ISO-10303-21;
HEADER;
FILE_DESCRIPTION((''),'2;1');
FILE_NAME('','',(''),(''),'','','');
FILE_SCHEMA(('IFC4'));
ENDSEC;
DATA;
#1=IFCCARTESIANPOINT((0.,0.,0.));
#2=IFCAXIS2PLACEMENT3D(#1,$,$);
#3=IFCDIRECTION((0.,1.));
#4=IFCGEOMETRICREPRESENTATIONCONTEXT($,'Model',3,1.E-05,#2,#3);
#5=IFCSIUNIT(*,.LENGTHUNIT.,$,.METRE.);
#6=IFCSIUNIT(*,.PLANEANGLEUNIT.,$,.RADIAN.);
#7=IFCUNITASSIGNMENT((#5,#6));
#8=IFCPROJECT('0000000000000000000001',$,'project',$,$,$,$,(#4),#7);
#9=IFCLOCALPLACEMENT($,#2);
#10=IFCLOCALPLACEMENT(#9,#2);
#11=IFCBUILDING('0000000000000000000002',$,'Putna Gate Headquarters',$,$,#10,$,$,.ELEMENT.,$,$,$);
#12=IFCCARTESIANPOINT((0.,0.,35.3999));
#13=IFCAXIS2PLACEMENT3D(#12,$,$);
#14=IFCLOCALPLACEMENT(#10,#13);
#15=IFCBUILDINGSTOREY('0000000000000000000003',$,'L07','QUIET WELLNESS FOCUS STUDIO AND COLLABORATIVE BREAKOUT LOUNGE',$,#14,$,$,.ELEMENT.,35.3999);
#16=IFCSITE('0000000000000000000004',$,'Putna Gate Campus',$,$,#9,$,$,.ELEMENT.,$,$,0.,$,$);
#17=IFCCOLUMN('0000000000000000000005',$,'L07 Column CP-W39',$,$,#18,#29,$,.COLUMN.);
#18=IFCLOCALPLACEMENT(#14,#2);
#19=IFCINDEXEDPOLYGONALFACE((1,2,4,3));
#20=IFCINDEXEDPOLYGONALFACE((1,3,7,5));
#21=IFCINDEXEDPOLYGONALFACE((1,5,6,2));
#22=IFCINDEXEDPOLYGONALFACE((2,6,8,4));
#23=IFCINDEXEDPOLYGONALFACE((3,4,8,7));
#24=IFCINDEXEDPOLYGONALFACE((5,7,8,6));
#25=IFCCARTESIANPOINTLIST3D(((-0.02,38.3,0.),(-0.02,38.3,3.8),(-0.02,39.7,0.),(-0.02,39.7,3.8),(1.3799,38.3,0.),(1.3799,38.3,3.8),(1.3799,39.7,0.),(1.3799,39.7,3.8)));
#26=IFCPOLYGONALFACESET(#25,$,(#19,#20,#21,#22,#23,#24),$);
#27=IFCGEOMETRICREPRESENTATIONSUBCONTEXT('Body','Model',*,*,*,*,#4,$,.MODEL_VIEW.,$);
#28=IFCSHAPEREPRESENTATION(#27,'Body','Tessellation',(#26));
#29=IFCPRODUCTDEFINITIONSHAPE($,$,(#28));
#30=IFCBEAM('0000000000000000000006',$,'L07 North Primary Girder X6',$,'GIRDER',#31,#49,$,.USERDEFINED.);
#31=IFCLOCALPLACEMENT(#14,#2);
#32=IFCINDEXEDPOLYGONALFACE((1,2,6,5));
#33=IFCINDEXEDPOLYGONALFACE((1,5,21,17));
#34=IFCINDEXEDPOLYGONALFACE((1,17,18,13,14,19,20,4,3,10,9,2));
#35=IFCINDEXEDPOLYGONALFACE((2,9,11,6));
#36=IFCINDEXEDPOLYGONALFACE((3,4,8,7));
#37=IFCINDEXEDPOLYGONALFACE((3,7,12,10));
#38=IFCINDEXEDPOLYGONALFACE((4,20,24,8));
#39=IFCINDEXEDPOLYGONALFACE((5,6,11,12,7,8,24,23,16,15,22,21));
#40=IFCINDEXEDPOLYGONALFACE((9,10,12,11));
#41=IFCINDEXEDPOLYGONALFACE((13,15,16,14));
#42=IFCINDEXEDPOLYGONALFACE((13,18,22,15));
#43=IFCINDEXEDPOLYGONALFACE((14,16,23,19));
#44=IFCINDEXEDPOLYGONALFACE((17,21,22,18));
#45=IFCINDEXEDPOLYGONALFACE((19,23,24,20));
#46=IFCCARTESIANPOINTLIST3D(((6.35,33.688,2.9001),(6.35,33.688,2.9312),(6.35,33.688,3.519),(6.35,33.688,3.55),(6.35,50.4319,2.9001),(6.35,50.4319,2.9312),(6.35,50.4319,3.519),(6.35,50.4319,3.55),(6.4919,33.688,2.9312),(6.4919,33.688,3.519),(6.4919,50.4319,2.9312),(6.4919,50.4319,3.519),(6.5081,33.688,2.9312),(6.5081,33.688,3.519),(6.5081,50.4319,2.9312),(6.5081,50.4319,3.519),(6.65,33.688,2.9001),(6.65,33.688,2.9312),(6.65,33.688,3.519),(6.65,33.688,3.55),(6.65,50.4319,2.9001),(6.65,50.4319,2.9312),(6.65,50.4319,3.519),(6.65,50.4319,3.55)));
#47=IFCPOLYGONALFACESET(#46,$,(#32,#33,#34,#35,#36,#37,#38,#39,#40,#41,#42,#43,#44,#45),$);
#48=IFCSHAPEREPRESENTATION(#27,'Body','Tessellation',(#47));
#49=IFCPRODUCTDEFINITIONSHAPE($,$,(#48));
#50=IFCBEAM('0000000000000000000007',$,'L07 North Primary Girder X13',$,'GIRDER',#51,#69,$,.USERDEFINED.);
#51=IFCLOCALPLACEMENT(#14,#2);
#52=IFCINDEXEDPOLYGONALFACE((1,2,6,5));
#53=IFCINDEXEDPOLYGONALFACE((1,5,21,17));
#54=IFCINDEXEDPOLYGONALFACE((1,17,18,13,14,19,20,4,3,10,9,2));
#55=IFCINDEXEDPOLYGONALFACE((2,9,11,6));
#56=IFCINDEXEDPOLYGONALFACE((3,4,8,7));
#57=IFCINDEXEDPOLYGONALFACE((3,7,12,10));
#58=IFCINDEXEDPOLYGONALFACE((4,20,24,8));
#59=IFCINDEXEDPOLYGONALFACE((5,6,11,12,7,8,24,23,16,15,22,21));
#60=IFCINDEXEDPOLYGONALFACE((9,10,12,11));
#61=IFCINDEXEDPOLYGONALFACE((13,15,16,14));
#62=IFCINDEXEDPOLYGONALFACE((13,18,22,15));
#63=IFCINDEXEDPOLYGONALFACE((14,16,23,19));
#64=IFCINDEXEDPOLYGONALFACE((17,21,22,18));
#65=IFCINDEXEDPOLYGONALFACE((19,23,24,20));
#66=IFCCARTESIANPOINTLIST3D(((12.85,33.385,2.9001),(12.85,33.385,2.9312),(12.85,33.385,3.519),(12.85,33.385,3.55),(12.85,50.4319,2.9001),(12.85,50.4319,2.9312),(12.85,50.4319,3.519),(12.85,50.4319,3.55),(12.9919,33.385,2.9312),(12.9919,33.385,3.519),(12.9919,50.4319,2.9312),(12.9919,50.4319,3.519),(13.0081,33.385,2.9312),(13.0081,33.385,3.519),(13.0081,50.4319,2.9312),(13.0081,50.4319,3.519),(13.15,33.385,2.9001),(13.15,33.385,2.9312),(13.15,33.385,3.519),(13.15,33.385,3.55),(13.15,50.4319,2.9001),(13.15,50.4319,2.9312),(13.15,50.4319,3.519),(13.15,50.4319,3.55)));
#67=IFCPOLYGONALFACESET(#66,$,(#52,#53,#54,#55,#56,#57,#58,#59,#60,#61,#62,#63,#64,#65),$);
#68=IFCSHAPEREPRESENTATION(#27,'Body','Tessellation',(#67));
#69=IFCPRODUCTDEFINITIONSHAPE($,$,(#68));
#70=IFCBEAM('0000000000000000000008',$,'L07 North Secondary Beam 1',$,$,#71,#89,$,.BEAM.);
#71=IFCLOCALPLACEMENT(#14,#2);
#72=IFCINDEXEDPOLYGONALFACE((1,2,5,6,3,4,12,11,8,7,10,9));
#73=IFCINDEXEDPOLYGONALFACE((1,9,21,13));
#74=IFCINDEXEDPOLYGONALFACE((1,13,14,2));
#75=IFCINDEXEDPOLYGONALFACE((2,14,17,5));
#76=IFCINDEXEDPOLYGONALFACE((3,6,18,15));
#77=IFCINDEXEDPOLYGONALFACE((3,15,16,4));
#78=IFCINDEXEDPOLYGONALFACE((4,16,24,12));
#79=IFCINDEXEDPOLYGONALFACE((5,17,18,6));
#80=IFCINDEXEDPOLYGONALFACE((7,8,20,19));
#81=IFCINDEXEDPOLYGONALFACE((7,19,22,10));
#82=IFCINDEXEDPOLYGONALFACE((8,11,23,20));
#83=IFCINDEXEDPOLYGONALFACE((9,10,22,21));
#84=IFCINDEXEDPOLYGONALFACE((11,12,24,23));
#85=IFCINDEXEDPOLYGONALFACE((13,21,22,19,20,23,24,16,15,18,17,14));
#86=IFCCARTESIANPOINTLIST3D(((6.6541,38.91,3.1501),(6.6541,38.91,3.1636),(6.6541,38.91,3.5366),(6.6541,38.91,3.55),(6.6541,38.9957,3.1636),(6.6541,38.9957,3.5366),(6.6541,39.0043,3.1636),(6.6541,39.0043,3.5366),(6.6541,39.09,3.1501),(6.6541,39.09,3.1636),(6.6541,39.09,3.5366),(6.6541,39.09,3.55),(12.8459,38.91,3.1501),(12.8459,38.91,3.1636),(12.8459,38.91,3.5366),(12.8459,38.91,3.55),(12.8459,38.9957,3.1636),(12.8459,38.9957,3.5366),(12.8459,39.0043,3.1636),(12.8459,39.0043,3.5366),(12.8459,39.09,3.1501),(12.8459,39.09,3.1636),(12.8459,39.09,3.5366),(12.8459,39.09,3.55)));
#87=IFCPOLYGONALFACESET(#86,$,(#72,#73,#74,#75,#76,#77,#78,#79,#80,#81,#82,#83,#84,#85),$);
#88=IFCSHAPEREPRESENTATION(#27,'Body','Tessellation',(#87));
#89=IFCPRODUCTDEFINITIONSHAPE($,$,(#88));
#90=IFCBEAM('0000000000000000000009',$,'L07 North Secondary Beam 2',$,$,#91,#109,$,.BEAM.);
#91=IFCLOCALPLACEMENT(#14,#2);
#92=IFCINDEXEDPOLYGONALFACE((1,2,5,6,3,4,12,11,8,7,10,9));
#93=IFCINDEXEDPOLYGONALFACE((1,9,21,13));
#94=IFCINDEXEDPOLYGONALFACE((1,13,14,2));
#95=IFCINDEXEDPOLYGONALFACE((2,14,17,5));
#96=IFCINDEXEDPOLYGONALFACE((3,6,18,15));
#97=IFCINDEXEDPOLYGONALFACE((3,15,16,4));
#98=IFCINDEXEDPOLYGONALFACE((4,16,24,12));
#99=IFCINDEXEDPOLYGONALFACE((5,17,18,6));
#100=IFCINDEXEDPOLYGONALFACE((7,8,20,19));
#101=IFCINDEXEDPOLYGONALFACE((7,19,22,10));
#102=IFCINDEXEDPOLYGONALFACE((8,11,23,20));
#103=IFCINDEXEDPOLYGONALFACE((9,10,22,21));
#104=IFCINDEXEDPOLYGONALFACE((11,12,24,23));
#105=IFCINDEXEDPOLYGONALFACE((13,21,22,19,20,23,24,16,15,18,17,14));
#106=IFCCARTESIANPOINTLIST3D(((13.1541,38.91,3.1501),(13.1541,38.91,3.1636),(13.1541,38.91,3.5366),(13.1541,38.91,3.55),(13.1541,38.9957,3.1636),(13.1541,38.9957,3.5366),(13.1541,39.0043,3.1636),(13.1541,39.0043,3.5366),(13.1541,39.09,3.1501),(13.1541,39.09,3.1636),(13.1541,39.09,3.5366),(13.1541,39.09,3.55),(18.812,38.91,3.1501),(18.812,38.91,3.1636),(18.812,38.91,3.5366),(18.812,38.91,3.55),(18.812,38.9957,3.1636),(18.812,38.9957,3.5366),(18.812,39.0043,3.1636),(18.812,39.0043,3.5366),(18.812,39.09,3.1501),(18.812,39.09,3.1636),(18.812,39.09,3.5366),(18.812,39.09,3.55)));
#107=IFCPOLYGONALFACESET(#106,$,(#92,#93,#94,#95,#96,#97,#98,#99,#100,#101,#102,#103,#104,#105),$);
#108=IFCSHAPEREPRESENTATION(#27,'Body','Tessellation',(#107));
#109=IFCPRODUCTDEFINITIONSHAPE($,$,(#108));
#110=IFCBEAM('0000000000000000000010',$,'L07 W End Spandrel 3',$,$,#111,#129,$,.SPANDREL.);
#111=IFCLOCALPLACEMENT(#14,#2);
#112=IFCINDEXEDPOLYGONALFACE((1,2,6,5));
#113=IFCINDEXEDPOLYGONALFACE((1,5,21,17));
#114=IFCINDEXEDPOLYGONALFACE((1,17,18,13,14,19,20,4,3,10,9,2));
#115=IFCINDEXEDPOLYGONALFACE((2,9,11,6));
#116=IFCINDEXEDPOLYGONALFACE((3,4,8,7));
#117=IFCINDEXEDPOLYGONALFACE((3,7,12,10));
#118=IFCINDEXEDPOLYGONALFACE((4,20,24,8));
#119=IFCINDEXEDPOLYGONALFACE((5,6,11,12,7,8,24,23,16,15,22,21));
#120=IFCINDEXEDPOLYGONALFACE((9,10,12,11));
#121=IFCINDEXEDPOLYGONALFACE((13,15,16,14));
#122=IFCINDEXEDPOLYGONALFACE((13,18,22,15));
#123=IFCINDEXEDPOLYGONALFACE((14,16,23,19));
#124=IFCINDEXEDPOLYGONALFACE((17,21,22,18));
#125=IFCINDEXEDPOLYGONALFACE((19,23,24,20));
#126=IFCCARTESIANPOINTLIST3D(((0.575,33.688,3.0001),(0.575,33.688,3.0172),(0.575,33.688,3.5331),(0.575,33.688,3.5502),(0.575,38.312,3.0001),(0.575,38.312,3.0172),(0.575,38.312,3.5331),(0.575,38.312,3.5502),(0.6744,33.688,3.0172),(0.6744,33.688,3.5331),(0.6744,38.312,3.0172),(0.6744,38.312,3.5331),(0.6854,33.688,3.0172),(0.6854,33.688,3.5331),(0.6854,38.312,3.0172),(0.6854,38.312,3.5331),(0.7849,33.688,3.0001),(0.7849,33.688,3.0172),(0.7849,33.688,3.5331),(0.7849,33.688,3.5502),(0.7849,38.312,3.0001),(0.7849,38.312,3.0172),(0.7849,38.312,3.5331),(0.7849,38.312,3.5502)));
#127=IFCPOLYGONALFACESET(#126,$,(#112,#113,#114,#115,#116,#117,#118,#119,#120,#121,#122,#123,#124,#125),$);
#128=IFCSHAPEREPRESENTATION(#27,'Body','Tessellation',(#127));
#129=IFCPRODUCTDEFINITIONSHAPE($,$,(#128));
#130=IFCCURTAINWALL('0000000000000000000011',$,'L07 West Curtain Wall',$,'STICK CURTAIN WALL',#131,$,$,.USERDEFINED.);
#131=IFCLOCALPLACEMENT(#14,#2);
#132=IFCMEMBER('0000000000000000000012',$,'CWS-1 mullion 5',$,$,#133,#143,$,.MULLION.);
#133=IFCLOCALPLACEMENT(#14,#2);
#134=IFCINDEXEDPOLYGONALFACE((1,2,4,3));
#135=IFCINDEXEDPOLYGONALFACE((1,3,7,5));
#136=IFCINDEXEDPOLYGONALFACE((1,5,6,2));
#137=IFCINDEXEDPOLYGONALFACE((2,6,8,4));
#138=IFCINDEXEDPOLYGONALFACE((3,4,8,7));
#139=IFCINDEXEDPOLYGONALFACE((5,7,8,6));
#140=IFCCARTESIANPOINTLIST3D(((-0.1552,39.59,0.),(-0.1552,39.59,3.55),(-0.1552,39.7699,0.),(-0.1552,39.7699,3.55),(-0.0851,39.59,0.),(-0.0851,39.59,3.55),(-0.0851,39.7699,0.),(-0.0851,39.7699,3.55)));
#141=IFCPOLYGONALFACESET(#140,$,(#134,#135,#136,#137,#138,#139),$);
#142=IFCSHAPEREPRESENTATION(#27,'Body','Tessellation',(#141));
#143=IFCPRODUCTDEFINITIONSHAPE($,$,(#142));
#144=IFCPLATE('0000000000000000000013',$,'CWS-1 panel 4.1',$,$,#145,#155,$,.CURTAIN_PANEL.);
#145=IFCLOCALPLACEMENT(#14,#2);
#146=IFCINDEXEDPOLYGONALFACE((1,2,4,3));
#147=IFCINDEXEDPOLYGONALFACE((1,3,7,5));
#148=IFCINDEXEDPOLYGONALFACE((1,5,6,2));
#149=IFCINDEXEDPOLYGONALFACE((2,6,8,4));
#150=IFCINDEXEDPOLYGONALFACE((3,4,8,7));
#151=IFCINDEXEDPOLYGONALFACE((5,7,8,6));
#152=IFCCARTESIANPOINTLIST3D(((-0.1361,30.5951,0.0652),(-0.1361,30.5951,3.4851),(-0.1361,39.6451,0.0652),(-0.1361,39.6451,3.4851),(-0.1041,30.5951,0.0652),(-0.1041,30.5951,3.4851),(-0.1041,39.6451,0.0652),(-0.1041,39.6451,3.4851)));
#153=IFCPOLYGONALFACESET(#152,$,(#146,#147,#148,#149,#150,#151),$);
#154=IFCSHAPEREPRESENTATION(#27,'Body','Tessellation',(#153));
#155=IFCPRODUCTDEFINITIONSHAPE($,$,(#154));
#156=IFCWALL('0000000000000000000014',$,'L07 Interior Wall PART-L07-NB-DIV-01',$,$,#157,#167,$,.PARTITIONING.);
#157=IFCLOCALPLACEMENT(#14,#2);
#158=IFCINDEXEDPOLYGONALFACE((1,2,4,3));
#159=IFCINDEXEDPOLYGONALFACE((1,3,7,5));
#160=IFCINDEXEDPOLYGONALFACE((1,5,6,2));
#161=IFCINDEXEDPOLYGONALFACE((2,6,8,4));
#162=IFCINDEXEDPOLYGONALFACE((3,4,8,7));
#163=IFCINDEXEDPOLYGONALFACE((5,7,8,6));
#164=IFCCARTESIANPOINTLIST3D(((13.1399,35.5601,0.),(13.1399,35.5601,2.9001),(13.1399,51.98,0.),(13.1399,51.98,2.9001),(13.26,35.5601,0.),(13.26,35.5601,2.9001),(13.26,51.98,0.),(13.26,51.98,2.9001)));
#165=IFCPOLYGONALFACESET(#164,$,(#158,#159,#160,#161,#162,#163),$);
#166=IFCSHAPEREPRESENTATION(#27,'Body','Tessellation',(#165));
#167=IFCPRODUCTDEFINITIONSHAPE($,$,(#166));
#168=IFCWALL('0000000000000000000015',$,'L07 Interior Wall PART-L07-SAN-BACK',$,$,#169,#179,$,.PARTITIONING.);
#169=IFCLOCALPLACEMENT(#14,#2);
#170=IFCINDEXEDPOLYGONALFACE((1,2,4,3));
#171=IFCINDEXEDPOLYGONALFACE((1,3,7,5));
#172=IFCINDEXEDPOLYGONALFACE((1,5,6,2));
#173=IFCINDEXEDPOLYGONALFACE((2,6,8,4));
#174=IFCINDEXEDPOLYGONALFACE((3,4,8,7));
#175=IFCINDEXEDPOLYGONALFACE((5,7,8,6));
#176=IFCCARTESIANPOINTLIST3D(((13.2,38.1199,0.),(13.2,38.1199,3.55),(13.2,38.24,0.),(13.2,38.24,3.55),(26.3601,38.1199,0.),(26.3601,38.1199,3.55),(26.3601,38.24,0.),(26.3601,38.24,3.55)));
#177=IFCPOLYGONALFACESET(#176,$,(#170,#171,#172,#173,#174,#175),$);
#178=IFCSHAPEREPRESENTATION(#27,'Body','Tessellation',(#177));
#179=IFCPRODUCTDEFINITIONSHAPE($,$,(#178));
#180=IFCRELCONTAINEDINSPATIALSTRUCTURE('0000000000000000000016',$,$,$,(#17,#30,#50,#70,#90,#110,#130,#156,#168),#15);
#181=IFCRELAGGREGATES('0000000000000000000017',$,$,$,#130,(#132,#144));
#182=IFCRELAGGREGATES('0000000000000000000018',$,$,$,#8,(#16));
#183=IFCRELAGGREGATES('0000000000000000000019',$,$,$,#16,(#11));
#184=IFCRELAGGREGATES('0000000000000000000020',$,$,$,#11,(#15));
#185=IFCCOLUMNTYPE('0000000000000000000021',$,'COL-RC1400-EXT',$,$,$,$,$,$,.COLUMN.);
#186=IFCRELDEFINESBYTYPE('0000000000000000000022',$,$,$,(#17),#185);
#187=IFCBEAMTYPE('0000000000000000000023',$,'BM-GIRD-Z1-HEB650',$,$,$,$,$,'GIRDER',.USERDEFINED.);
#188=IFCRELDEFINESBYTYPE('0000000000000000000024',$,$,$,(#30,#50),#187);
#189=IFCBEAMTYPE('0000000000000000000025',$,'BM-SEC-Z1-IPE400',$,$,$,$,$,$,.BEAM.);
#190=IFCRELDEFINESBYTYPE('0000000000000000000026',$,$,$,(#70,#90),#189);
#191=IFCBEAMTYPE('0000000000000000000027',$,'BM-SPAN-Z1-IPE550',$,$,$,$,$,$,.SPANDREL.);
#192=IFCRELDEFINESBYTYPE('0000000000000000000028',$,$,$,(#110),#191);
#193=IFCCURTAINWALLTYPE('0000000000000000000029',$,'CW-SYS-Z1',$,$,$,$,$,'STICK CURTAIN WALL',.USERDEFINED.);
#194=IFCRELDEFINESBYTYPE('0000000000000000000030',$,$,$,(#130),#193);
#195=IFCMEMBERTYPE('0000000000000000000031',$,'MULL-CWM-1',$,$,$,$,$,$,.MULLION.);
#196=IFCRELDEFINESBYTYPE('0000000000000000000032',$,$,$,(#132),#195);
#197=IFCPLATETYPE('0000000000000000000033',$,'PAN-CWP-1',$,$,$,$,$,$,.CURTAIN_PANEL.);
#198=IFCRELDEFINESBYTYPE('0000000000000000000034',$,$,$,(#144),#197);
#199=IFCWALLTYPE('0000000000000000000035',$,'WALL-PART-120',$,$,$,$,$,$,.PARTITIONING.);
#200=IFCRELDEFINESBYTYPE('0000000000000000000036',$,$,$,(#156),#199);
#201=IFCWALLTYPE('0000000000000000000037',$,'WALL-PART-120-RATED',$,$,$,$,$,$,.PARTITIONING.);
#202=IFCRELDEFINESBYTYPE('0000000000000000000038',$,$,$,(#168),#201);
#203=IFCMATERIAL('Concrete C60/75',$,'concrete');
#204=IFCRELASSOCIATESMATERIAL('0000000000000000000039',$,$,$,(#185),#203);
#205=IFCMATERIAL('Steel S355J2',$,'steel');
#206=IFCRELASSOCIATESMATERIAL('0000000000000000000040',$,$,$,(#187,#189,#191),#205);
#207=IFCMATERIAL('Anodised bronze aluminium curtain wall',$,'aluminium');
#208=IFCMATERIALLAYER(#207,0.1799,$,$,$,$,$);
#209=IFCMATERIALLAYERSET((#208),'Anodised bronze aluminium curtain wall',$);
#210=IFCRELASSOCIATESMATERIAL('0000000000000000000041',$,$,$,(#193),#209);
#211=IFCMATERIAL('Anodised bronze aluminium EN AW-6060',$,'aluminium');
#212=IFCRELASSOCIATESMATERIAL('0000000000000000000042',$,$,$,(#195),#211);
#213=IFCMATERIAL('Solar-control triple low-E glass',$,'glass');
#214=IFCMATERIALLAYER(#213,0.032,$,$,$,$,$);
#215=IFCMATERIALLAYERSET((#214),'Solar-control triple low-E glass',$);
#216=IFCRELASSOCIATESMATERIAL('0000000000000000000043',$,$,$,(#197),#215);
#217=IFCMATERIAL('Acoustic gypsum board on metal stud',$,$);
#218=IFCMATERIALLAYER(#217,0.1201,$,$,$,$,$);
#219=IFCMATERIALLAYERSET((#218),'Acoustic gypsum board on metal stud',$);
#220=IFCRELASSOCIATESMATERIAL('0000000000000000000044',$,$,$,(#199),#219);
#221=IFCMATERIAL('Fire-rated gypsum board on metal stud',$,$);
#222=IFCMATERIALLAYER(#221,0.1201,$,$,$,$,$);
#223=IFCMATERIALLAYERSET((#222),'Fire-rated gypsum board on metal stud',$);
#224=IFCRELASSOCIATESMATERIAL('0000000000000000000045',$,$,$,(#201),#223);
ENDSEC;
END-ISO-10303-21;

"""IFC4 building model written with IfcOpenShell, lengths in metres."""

from ifc_helpers import new_model, si_unit, direction, frame, frame_2d, origin, origin_2d, place, context, subcontext, project, spatial, rectangle, i_section, extrude, material, layer, layer_set, material_profile, profile_set, type_object, element, aggregate, save


model = new_model("IFC4")

# Units and contexts
model_context = context("Model", 3, precision=1e-05, world=origin(), true_north=direction((0.0, 1.0)))
body_context = subcontext(model_context, "Body", "Model", "MODEL_VIEW")
ifc_project = project(units=[si_unit("LENGTHUNIT", "METRE"), si_unit("PLANEANGLEUNIT", "RADIAN")], contexts=[model_context])

# Site, building, storey
site_placement = place(None, origin())
site = spatial("IfcSite", under=ifc_project, at=site_placement, Name="Putna Gate Campus", CompositionType="ELEMENT", RefElevation=0.0)
building_placement = place(site_placement, origin())
building = spatial("IfcBuilding", under=site, at=building_placement, Name="Putna Gate Headquarters", CompositionType="ELEMENT")
storey_placement = place(building_placement, frame((0.0, 0.0, 35.3999)))
storey = spatial("IfcBuildingStorey", under=building, at=storey_placement, Name="L07", Description="QUIET WELLNESS FOCUS STUDIO AND COLLABORATIVE BREAKOUT LOUNGE", CompositionType="ELEMENT", Elevation=35.3999)

# Column
ifc_material_1 = material(Name="Concrete C60/75", Category="concrete")
ifc_material_profile_1 = material_profile(ifc_material_1, rectangle(XDim=1.3999, YDim=1.3999, at=origin_2d()), Name="Concrete C60/75")
ifc_profile_set_1 = profile_set([ifc_material_profile_1], Name="Concrete C60/75")
column_type = type_object("IfcColumnType", Name="COL-RC1400-EXT", PredefinedType="COLUMN", material=ifc_profile_set_1)
column_placement = place(storey_placement, frame((0.6799, 39.0, 0.0), z_axis=(0.0, 0.0, 1.0), x_axis=(1.0, 0.0, 0.0)))
element("IfcColumn", 1, at=column_placement, inside=storey, type_object=column_type, Name="L07 Column CP-W39", PredefinedType="COLUMN", context=body_context, shape_type="SweptSolid", body=[
    extrude(rectangle(XDim=1.3999, YDim=1.3999, at=origin_2d()), origin(), (0.0, 0.0, 1.0), 3.8),
])

# Beams
ifc_material_2 = material(Name="Steel S355J2", Category="steel")
ifc_material_profile_2 = material_profile(ifc_material_2, i_section(OverallWidth=0.3, OverallDepth=0.6499, WebThickness=0.0161, FlangeThickness=0.031, at=origin_2d()), Name="Steel S355J2")
ifc_profile_set_2 = profile_set([ifc_material_profile_2], Name="Steel S355J2")
beam_type_1 = type_object("IfcBeamType", Name="BM-GIRD-Z1-HEB650", ElementType="GIRDER", PredefinedType="USERDEFINED", material=ifc_profile_set_2)
beam_1_placement = place(storey_placement, frame((6.5, 33.688, 3.2251), z_axis=(0.0, 1.0, 0.0), x_axis=(-1.0, 0.0, 0.0)))
element("IfcBeam", 2, at=beam_1_placement, inside=storey, type_object=beam_type_1, Name="L07 North Primary Girder X6", ObjectType="GIRDER", PredefinedType="USERDEFINED", context=body_context, shape_type="SweptSolid", body=[
    extrude(i_section(OverallWidth=0.3, OverallDepth=0.6499, WebThickness=0.0161, FlangeThickness=0.031, at=origin_2d()), origin(), (0.0, 0.0, 1.0), 16.7439),
])
beam_2_placement = place(storey_placement, frame((13.0, 33.385, 3.2251), z_axis=(0.0, 1.0, 0.0), x_axis=(-1.0, 0.0, 0.0)))
element("IfcBeam", 3, at=beam_2_placement, inside=storey, type_object=beam_type_1, Name="L07 North Primary Girder X13", ObjectType="GIRDER", PredefinedType="USERDEFINED", context=body_context, shape_type="SweptSolid", body=[
    extrude(i_section(OverallWidth=0.3, OverallDepth=0.6499, WebThickness=0.0161, FlangeThickness=0.031, at=origin_2d()), origin(), (0.0, 0.0, 1.0), 17.0469),
])
ifc_material_profile_3 = material_profile(ifc_material_2, i_section(OverallWidth=0.1799, OverallDepth=0.3999, WebThickness=0.0085, FlangeThickness=0.0134, at=origin_2d()), Name="Steel S355J2")
ifc_profile_set_3 = profile_set([ifc_material_profile_3], Name="Steel S355J2")
beam_type_2 = type_object("IfcBeamType", Name="BM-SEC-Z1-IPE400", PredefinedType="BEAM", material=ifc_profile_set_3)
beam_3_placement = place(storey_placement, frame((6.6541, 39.0, 3.3501), z_axis=(1.0, 0.0, 0.0), x_axis=(0.0, 1.0, 0.0)))
element("IfcBeam", 4, at=beam_3_placement, inside=storey, type_object=beam_type_2, Name="L07 North Secondary Beam 1", PredefinedType="BEAM", context=body_context, shape_type="SweptSolid", body=[
    extrude(i_section(OverallWidth=0.1799, OverallDepth=0.3999, WebThickness=0.0085, FlangeThickness=0.0134, at=origin_2d()), origin(), (0.0, 0.0, 1.0), 6.1919),
])
beam_4_placement = place(storey_placement, frame((13.1541, 39.0, 3.3501), z_axis=(1.0, 0.0, 0.0), x_axis=(0.0, 1.0, 0.0)))
element("IfcBeam", 5, at=beam_4_placement, inside=storey, type_object=beam_type_2, Name="L07 North Secondary Beam 2", PredefinedType="BEAM", context=body_context, shape_type="SweptSolid", body=[
    extrude(i_section(OverallWidth=0.1799, OverallDepth=0.3999, WebThickness=0.0085, FlangeThickness=0.0134, at=origin_2d()), origin(), (0.0, 0.0, 1.0), 5.658),
])
ifc_material_profile_4 = material_profile(ifc_material_2, i_section(OverallWidth=0.21, OverallDepth=0.55, WebThickness=0.011, FlangeThickness=0.0171, at=origin_2d()), Name="Steel S355J2")
ifc_profile_set_4 = profile_set([ifc_material_profile_4], Name="Steel S355J2")
beam_type_3 = type_object("IfcBeamType", Name="BM-SPAN-Z1-IPE550", PredefinedType="SPANDREL", material=ifc_profile_set_4)
beam_5_placement = place(storey_placement, frame((0.6799, 33.688, 3.2751), z_axis=(0.0, 1.0, 0.0), x_axis=(-1.0, 0.0, 0.0)))
element("IfcBeam", 6, at=beam_5_placement, inside=storey, type_object=beam_type_3, Name="L07 W End Spandrel 3", PredefinedType="SPANDREL", context=body_context, shape_type="SweptSolid", body=[
    extrude(i_section(OverallWidth=0.21, OverallDepth=0.55, WebThickness=0.011, FlangeThickness=0.0171, at=origin_2d()), origin(), (0.0, 0.0, 1.0), 4.624),
])

# Curtain wall, member, plate
ifc_material_3 = material(Name="Anodised bronze aluminium curtain wall", Category="aluminium")
ifc_layer_1 = layer(ifc_material_3, 0.1799)
ifc_layer_set_1 = layer_set([ifc_layer_1], Name="Anodised bronze aluminium curtain wall")
curtain_wall_type = type_object("IfcCurtainWallType", Name="CW-SYS-Z1", ElementType="STICK CURTAIN WALL", PredefinedType="USERDEFINED", material=ifc_layer_set_1)
curtain_wall_placement = place(storey_placement, origin())
curtain_wall = element("IfcCurtainWall", 7, at=curtain_wall_placement, inside=storey, type_object=curtain_wall_type, Name="L07 West Curtain Wall", ObjectType="STICK CURTAIN WALL", PredefinedType="USERDEFINED")
ifc_material_4 = material(Name="Anodised bronze aluminium EN AW-6060", Category="aluminium")
ifc_material_profile_5 = material_profile(ifc_material_4, rectangle(XDim=0.0701, YDim=0.1799, at=origin_2d()), Name="Anodised bronze aluminium EN AW-6060")
ifc_profile_set_5 = profile_set([ifc_material_profile_5], Name="Anodised bronze aluminium EN AW-6060")
member_type = type_object("IfcMemberType", Name="MULL-CWM-1", PredefinedType="MULLION", material=ifc_profile_set_5)
member_placement = place(storey_placement, frame((-0.1201, 39.6799, 0.0), z_axis=(0.0, 0.0, 1.0), x_axis=(-1.0, 0.0, 0.0)))
member = element("IfcMember", 8, at=member_placement, type_object=member_type, Name="CWS-1 mullion 5", PredefinedType="MULLION", context=body_context, shape_type="SweptSolid", body=[
    extrude(rectangle(XDim=0.0701, YDim=0.1799, at=origin_2d()), origin(), (0.0, 0.0, 1.0), 3.55),
])
ifc_material_5 = material(Name="Solar-control triple low-E glass", Category="glass")
ifc_layer_2 = layer(ifc_material_5, 0.032)
ifc_layer_set_2 = layer_set([ifc_layer_2], Name="Solar-control triple low-E glass")
plate_type = type_object("IfcPlateType", Name="PAN-CWP-1", PredefinedType="CURTAIN_PANEL", material=ifc_layer_set_2)
plate_placement = place(storey_placement, frame((-0.1201, 35.1201, 0.0652), z_axis=(0.0, 0.0, 1.0), x_axis=(0.0, 1.0, 0.0)))
plate = element("IfcPlate", 9, at=plate_placement, type_object=plate_type, Name="CWS-1 panel 4.1", PredefinedType="CURTAIN_PANEL", context=body_context, shape_type="SweptSolid", body=[
    extrude(rectangle(XDim=9.05, YDim=0.032, at=origin_2d()), origin(), (0.0, 0.0, 1.0), 3.4199),
])
aggregate(curtain_wall, [member, plate])

# Wall
ifc_material_6 = material(Name="Acoustic gypsum board on metal stud")
ifc_layer_3 = layer(ifc_material_6, 0.1201)
ifc_layer_set_3 = layer_set([ifc_layer_3], Name="Acoustic gypsum board on metal stud")
wall_type_1 = type_object("IfcWallType", Name="WALL-PART-120", PredefinedType="PARTITIONING", material=ifc_layer_set_3)
wall_1_placement = place(storey_placement, frame((13.2, 35.5601, 0.0), z_axis=(0.0, 0.0, 1.0), x_axis=(0.0, 1.0, 0.0)))
element("IfcWall", 10, at=wall_1_placement, inside=storey, type_object=wall_type_1, Name="L07 Interior Wall PART-L07-NB-DIV-01", PredefinedType="PARTITIONING", context=body_context, shape_type="SweptSolid", body=[
    extrude(rectangle(XDim=16.4199, YDim=0.1201, at=frame_2d((8.21, 0.0))), origin(), (0.0, 0.0, 1.0), 2.9001),
])

# Shared definitions
ifc_material_7 = material(Name="Fire-rated gypsum board on metal stud")
ifc_layer_4 = layer(ifc_material_7, 0.1201)
ifc_layer_set_4 = layer_set([ifc_layer_4], Name="Fire-rated gypsum board on metal stud")
wall_type_2 = type_object("IfcWallType", Name="WALL-PART-120-RATED", PredefinedType="PARTITIONING", material=ifc_layer_set_4)

# Wall
wall_2_placement = place(storey_placement, frame((13.2, 38.1799, 0.0), z_axis=(0.0, 0.0, 1.0), x_axis=(1.0, 0.0, 0.0)))
element("IfcWall", 11, at=wall_2_placement, inside=storey, type_object=wall_type_2, Name="L07 Interior Wall PART-L07-SAN-BACK", PredefinedType="PARTITIONING", context=body_context, shape_type="SweptSolid", body=[
    extrude(rectangle(XDim=13.1602, YDim=0.1201, at=frame_2d((6.5801, 0.0))), origin(), (0.0, 0.0, 1.0), 3.55),
])

save(model, "model.ifc")
